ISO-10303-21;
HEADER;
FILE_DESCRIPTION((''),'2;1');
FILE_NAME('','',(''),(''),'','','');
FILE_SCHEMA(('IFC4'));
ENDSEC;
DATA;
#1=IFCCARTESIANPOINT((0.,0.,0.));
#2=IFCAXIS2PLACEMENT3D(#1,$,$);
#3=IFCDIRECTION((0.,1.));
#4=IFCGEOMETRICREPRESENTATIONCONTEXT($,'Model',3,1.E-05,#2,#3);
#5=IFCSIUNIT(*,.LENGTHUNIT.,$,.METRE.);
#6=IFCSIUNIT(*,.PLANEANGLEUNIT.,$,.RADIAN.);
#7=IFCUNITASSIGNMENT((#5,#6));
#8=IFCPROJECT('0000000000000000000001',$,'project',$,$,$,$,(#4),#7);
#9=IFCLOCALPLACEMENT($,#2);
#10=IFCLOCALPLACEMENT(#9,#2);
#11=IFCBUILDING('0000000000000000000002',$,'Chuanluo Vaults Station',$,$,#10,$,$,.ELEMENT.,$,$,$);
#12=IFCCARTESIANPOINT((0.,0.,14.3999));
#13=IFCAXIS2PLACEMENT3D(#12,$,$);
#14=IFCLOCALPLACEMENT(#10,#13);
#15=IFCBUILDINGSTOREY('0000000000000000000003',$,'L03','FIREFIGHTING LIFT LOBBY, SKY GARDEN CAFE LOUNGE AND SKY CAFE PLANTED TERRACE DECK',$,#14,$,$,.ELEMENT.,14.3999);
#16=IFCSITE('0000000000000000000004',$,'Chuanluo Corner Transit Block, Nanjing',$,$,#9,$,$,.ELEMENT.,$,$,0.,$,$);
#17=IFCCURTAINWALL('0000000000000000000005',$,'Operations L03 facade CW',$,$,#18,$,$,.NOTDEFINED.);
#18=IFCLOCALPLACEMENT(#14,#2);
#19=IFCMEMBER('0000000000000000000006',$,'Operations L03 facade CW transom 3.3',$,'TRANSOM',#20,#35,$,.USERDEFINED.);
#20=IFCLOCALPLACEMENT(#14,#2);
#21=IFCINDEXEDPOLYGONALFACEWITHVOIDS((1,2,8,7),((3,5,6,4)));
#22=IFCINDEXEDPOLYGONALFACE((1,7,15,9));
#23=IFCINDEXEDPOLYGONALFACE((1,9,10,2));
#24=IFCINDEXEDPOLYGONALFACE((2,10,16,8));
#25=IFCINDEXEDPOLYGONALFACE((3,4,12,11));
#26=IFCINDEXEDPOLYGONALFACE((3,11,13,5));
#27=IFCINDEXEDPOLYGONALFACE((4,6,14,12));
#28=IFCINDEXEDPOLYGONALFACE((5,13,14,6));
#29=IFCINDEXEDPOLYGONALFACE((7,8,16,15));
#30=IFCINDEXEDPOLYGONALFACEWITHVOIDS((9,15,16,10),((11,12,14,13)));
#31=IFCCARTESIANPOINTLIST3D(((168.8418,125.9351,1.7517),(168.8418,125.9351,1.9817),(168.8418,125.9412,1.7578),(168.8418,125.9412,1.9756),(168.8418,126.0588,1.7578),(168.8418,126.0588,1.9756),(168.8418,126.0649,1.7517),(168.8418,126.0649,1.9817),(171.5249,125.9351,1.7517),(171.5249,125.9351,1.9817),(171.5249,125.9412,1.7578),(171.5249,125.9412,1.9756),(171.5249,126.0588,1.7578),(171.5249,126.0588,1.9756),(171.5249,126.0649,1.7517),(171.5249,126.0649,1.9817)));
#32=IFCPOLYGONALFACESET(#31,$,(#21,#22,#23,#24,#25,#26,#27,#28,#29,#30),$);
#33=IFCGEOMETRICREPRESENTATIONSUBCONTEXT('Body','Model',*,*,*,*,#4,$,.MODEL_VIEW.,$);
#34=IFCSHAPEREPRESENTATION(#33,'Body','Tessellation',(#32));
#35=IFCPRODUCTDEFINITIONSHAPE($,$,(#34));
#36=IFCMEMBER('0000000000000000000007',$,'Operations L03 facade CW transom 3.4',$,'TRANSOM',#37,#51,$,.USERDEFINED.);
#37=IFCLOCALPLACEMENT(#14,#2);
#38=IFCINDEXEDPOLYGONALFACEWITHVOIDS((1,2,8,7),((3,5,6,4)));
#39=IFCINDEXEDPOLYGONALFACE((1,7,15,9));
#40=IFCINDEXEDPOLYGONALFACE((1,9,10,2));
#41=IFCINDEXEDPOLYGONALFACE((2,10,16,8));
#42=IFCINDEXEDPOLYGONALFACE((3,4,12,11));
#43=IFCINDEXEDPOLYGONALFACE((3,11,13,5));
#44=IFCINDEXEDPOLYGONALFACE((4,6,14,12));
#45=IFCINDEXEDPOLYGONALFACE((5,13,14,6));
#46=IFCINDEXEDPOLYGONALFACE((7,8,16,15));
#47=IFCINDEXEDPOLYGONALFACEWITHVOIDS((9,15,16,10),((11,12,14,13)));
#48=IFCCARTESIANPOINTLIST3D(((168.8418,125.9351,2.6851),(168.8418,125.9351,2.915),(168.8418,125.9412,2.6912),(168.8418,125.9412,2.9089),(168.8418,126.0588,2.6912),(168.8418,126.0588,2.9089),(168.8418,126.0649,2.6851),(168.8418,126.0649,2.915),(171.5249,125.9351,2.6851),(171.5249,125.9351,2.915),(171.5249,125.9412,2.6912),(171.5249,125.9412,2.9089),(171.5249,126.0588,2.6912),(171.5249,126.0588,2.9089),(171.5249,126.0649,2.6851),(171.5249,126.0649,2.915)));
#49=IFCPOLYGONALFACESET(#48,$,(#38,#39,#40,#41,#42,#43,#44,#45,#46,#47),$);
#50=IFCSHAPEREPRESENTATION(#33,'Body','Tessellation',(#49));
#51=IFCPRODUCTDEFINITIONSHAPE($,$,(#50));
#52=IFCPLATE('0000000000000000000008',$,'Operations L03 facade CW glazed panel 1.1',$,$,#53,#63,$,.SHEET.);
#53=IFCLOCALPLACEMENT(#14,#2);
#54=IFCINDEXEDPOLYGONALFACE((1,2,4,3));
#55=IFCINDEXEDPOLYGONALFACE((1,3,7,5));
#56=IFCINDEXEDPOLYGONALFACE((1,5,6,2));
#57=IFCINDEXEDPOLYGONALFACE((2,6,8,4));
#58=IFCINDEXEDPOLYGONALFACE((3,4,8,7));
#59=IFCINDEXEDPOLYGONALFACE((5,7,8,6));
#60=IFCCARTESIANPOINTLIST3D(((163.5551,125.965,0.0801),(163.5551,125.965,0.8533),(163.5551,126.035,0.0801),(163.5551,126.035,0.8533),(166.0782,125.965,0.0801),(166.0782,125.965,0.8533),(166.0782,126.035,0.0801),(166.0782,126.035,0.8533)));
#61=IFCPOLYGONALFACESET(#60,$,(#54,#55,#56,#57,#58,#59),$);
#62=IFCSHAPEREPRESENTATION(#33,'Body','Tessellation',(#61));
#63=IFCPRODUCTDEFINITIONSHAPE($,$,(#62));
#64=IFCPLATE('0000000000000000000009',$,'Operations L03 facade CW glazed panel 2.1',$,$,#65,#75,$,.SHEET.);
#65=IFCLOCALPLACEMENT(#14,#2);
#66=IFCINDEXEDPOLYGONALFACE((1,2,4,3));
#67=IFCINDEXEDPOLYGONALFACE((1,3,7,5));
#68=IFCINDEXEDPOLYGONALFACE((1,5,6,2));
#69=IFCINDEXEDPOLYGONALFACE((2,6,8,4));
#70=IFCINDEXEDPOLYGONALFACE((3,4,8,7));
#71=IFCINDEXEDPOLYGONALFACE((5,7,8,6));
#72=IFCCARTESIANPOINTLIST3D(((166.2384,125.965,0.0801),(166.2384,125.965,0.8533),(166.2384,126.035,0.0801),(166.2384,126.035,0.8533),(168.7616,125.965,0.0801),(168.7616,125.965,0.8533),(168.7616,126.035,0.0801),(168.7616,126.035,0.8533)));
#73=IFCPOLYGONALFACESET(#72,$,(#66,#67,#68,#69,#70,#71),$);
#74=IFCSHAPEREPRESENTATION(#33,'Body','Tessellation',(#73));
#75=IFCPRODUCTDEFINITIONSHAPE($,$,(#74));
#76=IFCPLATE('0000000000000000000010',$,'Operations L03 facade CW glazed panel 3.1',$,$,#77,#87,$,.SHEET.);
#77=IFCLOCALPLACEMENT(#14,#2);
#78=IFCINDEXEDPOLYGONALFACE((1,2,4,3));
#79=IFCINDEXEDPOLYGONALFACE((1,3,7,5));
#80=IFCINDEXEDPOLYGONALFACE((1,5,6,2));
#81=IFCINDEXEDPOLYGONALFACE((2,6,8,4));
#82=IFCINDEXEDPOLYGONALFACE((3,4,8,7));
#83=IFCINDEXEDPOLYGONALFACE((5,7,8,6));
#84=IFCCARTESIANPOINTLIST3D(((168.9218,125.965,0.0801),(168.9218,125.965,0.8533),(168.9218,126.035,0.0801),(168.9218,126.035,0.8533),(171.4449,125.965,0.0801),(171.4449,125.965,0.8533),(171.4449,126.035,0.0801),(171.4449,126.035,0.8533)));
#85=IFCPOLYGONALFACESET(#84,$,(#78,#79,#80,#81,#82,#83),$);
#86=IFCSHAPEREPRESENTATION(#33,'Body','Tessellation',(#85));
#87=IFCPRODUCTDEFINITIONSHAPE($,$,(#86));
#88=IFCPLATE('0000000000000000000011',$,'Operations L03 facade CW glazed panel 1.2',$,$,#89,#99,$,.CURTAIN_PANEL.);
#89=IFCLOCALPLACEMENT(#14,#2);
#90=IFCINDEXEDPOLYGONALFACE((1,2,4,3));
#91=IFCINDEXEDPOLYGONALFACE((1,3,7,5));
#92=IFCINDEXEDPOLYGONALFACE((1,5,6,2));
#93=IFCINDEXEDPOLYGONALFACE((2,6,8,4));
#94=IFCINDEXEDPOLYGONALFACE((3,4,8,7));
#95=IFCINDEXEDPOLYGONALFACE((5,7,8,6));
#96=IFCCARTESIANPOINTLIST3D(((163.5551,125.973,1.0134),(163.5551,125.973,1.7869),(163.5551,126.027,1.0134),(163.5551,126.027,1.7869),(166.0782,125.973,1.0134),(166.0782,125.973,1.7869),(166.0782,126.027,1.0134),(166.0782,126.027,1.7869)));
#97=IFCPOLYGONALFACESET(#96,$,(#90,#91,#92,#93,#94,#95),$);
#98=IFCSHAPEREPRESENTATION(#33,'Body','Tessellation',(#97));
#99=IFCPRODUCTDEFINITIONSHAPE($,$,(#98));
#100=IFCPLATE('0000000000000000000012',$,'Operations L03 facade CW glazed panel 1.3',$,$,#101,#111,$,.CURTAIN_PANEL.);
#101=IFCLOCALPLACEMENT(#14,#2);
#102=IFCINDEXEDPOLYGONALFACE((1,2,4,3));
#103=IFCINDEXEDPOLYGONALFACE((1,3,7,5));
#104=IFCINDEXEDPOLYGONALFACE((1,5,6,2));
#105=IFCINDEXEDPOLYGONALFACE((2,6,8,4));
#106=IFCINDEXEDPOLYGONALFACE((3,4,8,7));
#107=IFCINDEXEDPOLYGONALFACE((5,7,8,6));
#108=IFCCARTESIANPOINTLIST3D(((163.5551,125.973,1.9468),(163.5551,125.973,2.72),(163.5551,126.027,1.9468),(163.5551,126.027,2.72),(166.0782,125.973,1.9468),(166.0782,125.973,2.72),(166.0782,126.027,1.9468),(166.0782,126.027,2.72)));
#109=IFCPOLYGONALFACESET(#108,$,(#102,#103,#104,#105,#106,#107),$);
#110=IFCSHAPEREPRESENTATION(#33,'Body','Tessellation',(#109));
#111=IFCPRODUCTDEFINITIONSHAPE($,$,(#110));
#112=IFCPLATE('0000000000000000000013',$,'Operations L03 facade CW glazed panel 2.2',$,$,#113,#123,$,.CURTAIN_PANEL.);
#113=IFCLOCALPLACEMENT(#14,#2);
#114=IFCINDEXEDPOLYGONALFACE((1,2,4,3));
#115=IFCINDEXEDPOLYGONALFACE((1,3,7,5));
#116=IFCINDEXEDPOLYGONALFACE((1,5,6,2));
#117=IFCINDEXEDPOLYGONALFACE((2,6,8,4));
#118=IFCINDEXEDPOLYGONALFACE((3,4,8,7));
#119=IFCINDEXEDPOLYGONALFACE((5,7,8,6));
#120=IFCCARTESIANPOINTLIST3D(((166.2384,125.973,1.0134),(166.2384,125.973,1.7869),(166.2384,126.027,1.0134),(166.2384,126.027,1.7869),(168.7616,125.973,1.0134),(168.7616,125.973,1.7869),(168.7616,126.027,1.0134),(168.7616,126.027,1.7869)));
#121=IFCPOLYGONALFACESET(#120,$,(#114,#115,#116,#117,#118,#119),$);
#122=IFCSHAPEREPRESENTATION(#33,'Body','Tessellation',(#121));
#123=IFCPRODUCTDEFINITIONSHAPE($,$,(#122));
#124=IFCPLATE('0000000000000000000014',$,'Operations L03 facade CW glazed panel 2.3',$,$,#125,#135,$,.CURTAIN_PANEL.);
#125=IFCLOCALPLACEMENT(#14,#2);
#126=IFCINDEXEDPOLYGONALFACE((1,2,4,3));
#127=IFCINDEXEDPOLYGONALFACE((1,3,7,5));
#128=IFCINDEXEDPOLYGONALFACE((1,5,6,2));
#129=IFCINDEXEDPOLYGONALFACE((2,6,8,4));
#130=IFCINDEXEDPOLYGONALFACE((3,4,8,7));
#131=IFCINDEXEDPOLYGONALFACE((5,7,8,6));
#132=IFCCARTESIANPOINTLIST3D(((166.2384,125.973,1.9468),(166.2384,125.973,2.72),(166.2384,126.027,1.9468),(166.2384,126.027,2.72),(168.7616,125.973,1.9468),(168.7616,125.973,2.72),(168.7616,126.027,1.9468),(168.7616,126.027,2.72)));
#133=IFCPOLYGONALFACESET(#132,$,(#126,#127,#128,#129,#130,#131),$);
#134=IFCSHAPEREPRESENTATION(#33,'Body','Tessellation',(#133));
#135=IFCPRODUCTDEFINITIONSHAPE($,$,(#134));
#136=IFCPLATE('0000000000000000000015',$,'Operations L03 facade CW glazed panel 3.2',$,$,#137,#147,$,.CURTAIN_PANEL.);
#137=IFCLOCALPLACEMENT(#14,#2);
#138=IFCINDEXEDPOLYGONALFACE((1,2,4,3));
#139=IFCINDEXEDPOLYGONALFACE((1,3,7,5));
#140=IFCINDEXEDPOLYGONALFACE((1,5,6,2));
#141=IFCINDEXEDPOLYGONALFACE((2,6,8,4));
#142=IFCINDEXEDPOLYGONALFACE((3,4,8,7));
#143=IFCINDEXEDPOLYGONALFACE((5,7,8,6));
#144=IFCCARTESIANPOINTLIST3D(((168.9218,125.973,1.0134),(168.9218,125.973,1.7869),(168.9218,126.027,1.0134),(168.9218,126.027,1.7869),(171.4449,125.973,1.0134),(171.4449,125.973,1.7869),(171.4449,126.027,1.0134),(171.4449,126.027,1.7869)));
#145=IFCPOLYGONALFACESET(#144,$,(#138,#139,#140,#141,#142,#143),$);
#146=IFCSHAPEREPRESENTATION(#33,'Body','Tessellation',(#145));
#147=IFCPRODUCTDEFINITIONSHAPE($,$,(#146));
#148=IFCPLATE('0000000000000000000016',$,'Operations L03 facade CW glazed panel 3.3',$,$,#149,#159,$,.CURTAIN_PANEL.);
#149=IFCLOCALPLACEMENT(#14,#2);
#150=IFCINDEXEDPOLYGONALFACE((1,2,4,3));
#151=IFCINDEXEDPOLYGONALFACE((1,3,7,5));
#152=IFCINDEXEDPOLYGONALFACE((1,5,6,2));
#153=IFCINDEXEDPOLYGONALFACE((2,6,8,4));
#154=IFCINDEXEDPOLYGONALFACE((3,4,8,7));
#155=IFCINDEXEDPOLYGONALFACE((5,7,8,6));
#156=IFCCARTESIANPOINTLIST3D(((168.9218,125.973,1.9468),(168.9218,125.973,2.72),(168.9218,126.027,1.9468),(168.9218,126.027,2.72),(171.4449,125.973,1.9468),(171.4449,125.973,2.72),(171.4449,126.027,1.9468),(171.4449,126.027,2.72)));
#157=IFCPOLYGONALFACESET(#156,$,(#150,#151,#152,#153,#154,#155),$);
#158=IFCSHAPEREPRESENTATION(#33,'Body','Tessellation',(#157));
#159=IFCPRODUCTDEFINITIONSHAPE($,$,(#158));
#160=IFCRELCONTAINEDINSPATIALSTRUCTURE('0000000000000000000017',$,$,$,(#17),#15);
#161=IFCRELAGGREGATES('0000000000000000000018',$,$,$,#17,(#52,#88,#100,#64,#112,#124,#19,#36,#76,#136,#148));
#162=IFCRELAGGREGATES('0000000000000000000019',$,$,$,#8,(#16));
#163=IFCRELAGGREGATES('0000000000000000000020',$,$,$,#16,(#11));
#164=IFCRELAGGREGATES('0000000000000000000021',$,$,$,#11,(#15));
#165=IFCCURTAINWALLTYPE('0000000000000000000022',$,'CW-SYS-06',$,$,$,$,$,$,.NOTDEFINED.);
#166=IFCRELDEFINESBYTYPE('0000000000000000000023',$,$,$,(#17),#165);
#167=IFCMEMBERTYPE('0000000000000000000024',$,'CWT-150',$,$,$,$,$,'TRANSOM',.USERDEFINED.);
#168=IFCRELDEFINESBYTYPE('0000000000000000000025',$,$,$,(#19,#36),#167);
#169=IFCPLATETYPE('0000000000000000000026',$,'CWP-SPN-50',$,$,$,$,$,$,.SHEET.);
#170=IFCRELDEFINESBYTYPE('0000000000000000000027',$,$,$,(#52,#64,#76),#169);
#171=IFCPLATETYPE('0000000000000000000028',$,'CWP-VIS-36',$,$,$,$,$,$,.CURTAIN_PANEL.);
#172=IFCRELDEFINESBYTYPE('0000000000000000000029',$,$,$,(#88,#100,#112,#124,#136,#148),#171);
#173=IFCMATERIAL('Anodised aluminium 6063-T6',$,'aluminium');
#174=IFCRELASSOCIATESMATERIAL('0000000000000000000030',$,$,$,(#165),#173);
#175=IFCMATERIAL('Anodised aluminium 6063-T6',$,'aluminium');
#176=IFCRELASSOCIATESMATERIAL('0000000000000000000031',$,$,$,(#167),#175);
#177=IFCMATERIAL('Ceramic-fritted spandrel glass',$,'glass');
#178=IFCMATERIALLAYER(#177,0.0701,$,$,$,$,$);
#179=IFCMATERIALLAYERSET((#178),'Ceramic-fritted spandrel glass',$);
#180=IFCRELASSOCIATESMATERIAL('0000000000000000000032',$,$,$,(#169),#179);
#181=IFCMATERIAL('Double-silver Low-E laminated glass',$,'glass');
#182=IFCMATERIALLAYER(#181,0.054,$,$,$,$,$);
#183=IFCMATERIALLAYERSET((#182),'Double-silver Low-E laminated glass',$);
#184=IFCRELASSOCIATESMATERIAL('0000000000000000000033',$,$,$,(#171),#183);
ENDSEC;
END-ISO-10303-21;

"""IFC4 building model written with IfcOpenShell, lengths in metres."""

from ifc_helpers import new_model, si_unit, direction, frame, origin, origin_2d, place, context, subcontext, project, spatial, rectangle, hollow_rectangle, extrude, material, layer, layer_set, material_profile, profile_set, type_object, element, aggregate, save


model = new_model("IFC4")

# Units and contexts
model_context = context("Model", 3, precision=1e-05, world=origin(), true_north=direction((0.0, 1.0)))
body_context = subcontext(model_context, "Body", "Model", "MODEL_VIEW")
ifc_project = project(units=[si_unit("LENGTHUNIT", "METRE"), si_unit("PLANEANGLEUNIT", "RADIAN")], contexts=[model_context])

# Site, building, storey
site_placement = place(None, origin())
site = spatial("IfcSite", under=ifc_project, at=site_placement, Name="Chuanluo Corner Transit Block, Nanjing", CompositionType="ELEMENT", RefElevation=0.0)
building_placement = place(site_placement, origin())
building = spatial("IfcBuilding", under=site, at=building_placement, Name="Chuanluo Vaults Station", CompositionType="ELEMENT")
storey_placement = place(building_placement, frame((0.0, 0.0, 14.3999)))
storey = spatial("IfcBuildingStorey", under=building, at=storey_placement, Name="L03", Description="FIREFIGHTING LIFT LOBBY, SKY GARDEN CAFE LOUNGE AND SKY CAFE PLANTED TERRACE DECK", CompositionType="ELEMENT", Elevation=14.3999)

# Curtain wall, members, plates
ifc_material_1 = material(Name="Anodised aluminium 6063-T6", Category="aluminium")
curtain_wall_type = type_object("IfcCurtainWallType", Name="CW-SYS-06", PredefinedType="NOTDEFINED", material=ifc_material_1)
curtain_wall_placement = place(storey_placement, origin())
curtain_wall = element("IfcCurtainWall", 1, at=curtain_wall_placement, inside=storey, type_object=curtain_wall_type, Name="Operations L03 facade CW", PredefinedType="NOTDEFINED")
ifc_material_2 = material(Name="Anodised aluminium 6063-T6", Category="aluminium")
ifc_material_profile_1 = material_profile(ifc_material_2, hollow_rectangle(XDim=0.1299, YDim=0.23, WallThickness=0.0061, at=origin_2d()))
ifc_profile_set_1 = profile_set([ifc_material_profile_1], Name="Anodised aluminium 6063-T6")
member_type_1 = type_object("IfcMemberType", Name="CWT-150", ElementType="TRANSOM", PredefinedType="USERDEFINED", material=ifc_profile_set_1)
member_1_placement = place(storey_placement, frame((168.8418, 126.0, 1.8667), z_axis=(1.0, 0.0, 0.0), x_axis=(0.0, 1.0, 0.0)))
member_1 = element("IfcMember", 2, at=member_1_placement, type_object=member_type_1, Name="Operations L03 facade CW transom 3.3", ObjectType="TRANSOM", PredefinedType="USERDEFINED", context=body_context, shape_type="SweptSolid", body=[
    extrude(hollow_rectangle(XDim=0.1299, YDim=0.23, WallThickness=0.0061, at=origin_2d()), origin(), (0.0, 0.0, 1.0), 2.6831),
])
member_2_placement = place(storey_placement, frame((168.8418, 126.0, 2.8), z_axis=(1.0, 0.0, 0.0), x_axis=(0.0, 1.0, 0.0)))
member_2 = element("IfcMember", 3, at=member_2_placement, type_object=member_type_1, Name="Operations L03 facade CW transom 3.4", ObjectType="TRANSOM", PredefinedType="USERDEFINED", context=body_context, shape_type="SweptSolid", body=[
    extrude(hollow_rectangle(XDim=0.1299, YDim=0.23, WallThickness=0.0061, at=origin_2d()), origin(), (0.0, 0.0, 1.0), 2.6831),
])
ifc_material_3 = material(Name="Ceramic-fritted spandrel glass", Category="glass")
ifc_layer_1 = layer(ifc_material_3, 0.0701)
ifc_layer_set_1 = layer_set([ifc_layer_1], Name="Ceramic-fritted spandrel glass")
plate_type_1 = type_object("IfcPlateType", Name="CWP-SPN-50", PredefinedType="SHEET", material=ifc_layer_set_1)
plate_1_placement = place(storey_placement, frame((164.8167, 126.0, 0.0801), z_axis=(0.0, 0.0, 1.0), x_axis=(1.0, 0.0, 0.0)))
plate_1 = element("IfcPlate", 4, at=plate_1_placement, type_object=plate_type_1, Name="Operations L03 facade CW glazed panel 1.1", PredefinedType="SHEET", context=body_context, shape_type="SweptSolid", body=[
    extrude(rectangle(XDim=2.5232, YDim=0.0701, at=origin_2d()), origin(), (0.0, 0.0, 1.0), 0.7732),
])
plate_2_placement = place(storey_placement, frame((167.5, 126.0, 0.0801), z_axis=(0.0, 0.0, 1.0), x_axis=(1.0, 0.0, 0.0)))
plate_2 = element("IfcPlate", 5, at=plate_2_placement, type_object=plate_type_1, Name="Operations L03 facade CW glazed panel 2.1", PredefinedType="SHEET", context=body_context, shape_type="SweptSolid", body=[
    extrude(rectangle(XDim=2.5232, YDim=0.0701, at=origin_2d()), origin(), (0.0, 0.0, 1.0), 0.7732),
])
plate_3_placement = place(storey_placement, frame((170.1833, 126.0, 0.0801), z_axis=(0.0, 0.0, 1.0), x_axis=(1.0, 0.0, 0.0)))
plate_3 = element("IfcPlate", 6, at=plate_3_placement, type_object=plate_type_1, Name="Operations L03 facade CW glazed panel 3.1", PredefinedType="SHEET", context=body_context, shape_type="SweptSolid", body=[
    extrude(rectangle(XDim=2.5232, YDim=0.0701, at=origin_2d()), origin(), (0.0, 0.0, 1.0), 0.7732),
])
ifc_material_4 = material(Name="Double-silver Low-E laminated glass", Category="glass")
ifc_layer_2 = layer(ifc_material_4, 0.054)
ifc_layer_set_2 = layer_set([ifc_layer_2], Name="Double-silver Low-E laminated glass")
plate_type_2 = type_object("IfcPlateType", Name="CWP-VIS-36", PredefinedType="CURTAIN_PANEL", material=ifc_layer_set_2)
plate_4_placement = place(storey_placement, frame((164.8167, 126.0, 1.0134), z_axis=(0.0, 0.0, 1.0), x_axis=(1.0, 0.0, 0.0)))
plate_4 = element("IfcPlate", 7, at=plate_4_placement, type_object=plate_type_2, Name="Operations L03 facade CW glazed panel 1.2", PredefinedType="CURTAIN_PANEL", context=body_context, shape_type="SweptSolid", body=[
    extrude(rectangle(XDim=2.5232, YDim=0.054, at=origin_2d()), origin(), (0.0, 0.0, 1.0), 0.7734),
])
plate_5_placement = place(storey_placement, frame((164.8167, 126.0, 1.9468), z_axis=(0.0, 0.0, 1.0), x_axis=(1.0, 0.0, 0.0)))
plate_5 = element("IfcPlate", 8, at=plate_5_placement, type_object=plate_type_2, Name="Operations L03 facade CW glazed panel 1.3", PredefinedType="CURTAIN_PANEL", context=body_context, shape_type="SweptSolid", body=[
    extrude(rectangle(XDim=2.5232, YDim=0.054, at=origin_2d()), origin(), (0.0, 0.0, 1.0), 0.7732),
])
plate_6_placement = place(storey_placement, frame((167.5, 126.0, 1.0134), z_axis=(0.0, 0.0, 1.0), x_axis=(1.0, 0.0, 0.0)))
plate_6 = element("IfcPlate", 9, at=plate_6_placement, type_object=plate_type_2, Name="Operations L03 facade CW glazed panel 2.2", PredefinedType="CURTAIN_PANEL", context=body_context, shape_type="SweptSolid", body=[
    extrude(rectangle(XDim=2.5232, YDim=0.054, at=origin_2d()), origin(), (0.0, 0.0, 1.0), 0.7734),
])
plate_7_placement = place(storey_placement, frame((167.5, 126.0, 1.9468), z_axis=(0.0, 0.0, 1.0), x_axis=(1.0, 0.0, 0.0)))
plate_7 = element("IfcPlate", 10, at=plate_7_placement, type_object=plate_type_2, Name="Operations L03 facade CW glazed panel 2.3", PredefinedType="CURTAIN_PANEL", context=body_context, shape_type="SweptSolid", body=[
    extrude(rectangle(XDim=2.5232, YDim=0.054, at=origin_2d()), origin(), (0.0, 0.0, 1.0), 0.7732),
])
plate_8_placement = place(storey_placement, frame((170.1833, 126.0, 1.0134), z_axis=(0.0, 0.0, 1.0), x_axis=(1.0, 0.0, 0.0)))
plate_8 = element("IfcPlate", 11, at=plate_8_placement, type_object=plate_type_2, Name="Operations L03 facade CW glazed panel 3.2", PredefinedType="CURTAIN_PANEL", context=body_context, shape_type="SweptSolid", body=[
    extrude(rectangle(XDim=2.5232, YDim=0.054, at=origin_2d()), origin(), (0.0, 0.0, 1.0), 0.7734),
])
plate_9_placement = place(storey_placement, frame((170.1833, 126.0, 1.9468), z_axis=(0.0, 0.0, 1.0), x_axis=(1.0, 0.0, 0.0)))
plate_9 = element("IfcPlate", 12, at=plate_9_placement, type_object=plate_type_2, Name="Operations L03 facade CW glazed panel 3.3", PredefinedType="CURTAIN_PANEL", context=body_context, shape_type="SweptSolid", body=[
    extrude(rectangle(XDim=2.5232, YDim=0.054, at=origin_2d()), origin(), (0.0, 0.0, 1.0), 0.7732),
])
aggregate(curtain_wall, [plate_1, plate_4, plate_5, plate_2, plate_6, plate_7, member_1, member_2, plate_3, plate_8, plate_9])

save(model, "model.ifc")
